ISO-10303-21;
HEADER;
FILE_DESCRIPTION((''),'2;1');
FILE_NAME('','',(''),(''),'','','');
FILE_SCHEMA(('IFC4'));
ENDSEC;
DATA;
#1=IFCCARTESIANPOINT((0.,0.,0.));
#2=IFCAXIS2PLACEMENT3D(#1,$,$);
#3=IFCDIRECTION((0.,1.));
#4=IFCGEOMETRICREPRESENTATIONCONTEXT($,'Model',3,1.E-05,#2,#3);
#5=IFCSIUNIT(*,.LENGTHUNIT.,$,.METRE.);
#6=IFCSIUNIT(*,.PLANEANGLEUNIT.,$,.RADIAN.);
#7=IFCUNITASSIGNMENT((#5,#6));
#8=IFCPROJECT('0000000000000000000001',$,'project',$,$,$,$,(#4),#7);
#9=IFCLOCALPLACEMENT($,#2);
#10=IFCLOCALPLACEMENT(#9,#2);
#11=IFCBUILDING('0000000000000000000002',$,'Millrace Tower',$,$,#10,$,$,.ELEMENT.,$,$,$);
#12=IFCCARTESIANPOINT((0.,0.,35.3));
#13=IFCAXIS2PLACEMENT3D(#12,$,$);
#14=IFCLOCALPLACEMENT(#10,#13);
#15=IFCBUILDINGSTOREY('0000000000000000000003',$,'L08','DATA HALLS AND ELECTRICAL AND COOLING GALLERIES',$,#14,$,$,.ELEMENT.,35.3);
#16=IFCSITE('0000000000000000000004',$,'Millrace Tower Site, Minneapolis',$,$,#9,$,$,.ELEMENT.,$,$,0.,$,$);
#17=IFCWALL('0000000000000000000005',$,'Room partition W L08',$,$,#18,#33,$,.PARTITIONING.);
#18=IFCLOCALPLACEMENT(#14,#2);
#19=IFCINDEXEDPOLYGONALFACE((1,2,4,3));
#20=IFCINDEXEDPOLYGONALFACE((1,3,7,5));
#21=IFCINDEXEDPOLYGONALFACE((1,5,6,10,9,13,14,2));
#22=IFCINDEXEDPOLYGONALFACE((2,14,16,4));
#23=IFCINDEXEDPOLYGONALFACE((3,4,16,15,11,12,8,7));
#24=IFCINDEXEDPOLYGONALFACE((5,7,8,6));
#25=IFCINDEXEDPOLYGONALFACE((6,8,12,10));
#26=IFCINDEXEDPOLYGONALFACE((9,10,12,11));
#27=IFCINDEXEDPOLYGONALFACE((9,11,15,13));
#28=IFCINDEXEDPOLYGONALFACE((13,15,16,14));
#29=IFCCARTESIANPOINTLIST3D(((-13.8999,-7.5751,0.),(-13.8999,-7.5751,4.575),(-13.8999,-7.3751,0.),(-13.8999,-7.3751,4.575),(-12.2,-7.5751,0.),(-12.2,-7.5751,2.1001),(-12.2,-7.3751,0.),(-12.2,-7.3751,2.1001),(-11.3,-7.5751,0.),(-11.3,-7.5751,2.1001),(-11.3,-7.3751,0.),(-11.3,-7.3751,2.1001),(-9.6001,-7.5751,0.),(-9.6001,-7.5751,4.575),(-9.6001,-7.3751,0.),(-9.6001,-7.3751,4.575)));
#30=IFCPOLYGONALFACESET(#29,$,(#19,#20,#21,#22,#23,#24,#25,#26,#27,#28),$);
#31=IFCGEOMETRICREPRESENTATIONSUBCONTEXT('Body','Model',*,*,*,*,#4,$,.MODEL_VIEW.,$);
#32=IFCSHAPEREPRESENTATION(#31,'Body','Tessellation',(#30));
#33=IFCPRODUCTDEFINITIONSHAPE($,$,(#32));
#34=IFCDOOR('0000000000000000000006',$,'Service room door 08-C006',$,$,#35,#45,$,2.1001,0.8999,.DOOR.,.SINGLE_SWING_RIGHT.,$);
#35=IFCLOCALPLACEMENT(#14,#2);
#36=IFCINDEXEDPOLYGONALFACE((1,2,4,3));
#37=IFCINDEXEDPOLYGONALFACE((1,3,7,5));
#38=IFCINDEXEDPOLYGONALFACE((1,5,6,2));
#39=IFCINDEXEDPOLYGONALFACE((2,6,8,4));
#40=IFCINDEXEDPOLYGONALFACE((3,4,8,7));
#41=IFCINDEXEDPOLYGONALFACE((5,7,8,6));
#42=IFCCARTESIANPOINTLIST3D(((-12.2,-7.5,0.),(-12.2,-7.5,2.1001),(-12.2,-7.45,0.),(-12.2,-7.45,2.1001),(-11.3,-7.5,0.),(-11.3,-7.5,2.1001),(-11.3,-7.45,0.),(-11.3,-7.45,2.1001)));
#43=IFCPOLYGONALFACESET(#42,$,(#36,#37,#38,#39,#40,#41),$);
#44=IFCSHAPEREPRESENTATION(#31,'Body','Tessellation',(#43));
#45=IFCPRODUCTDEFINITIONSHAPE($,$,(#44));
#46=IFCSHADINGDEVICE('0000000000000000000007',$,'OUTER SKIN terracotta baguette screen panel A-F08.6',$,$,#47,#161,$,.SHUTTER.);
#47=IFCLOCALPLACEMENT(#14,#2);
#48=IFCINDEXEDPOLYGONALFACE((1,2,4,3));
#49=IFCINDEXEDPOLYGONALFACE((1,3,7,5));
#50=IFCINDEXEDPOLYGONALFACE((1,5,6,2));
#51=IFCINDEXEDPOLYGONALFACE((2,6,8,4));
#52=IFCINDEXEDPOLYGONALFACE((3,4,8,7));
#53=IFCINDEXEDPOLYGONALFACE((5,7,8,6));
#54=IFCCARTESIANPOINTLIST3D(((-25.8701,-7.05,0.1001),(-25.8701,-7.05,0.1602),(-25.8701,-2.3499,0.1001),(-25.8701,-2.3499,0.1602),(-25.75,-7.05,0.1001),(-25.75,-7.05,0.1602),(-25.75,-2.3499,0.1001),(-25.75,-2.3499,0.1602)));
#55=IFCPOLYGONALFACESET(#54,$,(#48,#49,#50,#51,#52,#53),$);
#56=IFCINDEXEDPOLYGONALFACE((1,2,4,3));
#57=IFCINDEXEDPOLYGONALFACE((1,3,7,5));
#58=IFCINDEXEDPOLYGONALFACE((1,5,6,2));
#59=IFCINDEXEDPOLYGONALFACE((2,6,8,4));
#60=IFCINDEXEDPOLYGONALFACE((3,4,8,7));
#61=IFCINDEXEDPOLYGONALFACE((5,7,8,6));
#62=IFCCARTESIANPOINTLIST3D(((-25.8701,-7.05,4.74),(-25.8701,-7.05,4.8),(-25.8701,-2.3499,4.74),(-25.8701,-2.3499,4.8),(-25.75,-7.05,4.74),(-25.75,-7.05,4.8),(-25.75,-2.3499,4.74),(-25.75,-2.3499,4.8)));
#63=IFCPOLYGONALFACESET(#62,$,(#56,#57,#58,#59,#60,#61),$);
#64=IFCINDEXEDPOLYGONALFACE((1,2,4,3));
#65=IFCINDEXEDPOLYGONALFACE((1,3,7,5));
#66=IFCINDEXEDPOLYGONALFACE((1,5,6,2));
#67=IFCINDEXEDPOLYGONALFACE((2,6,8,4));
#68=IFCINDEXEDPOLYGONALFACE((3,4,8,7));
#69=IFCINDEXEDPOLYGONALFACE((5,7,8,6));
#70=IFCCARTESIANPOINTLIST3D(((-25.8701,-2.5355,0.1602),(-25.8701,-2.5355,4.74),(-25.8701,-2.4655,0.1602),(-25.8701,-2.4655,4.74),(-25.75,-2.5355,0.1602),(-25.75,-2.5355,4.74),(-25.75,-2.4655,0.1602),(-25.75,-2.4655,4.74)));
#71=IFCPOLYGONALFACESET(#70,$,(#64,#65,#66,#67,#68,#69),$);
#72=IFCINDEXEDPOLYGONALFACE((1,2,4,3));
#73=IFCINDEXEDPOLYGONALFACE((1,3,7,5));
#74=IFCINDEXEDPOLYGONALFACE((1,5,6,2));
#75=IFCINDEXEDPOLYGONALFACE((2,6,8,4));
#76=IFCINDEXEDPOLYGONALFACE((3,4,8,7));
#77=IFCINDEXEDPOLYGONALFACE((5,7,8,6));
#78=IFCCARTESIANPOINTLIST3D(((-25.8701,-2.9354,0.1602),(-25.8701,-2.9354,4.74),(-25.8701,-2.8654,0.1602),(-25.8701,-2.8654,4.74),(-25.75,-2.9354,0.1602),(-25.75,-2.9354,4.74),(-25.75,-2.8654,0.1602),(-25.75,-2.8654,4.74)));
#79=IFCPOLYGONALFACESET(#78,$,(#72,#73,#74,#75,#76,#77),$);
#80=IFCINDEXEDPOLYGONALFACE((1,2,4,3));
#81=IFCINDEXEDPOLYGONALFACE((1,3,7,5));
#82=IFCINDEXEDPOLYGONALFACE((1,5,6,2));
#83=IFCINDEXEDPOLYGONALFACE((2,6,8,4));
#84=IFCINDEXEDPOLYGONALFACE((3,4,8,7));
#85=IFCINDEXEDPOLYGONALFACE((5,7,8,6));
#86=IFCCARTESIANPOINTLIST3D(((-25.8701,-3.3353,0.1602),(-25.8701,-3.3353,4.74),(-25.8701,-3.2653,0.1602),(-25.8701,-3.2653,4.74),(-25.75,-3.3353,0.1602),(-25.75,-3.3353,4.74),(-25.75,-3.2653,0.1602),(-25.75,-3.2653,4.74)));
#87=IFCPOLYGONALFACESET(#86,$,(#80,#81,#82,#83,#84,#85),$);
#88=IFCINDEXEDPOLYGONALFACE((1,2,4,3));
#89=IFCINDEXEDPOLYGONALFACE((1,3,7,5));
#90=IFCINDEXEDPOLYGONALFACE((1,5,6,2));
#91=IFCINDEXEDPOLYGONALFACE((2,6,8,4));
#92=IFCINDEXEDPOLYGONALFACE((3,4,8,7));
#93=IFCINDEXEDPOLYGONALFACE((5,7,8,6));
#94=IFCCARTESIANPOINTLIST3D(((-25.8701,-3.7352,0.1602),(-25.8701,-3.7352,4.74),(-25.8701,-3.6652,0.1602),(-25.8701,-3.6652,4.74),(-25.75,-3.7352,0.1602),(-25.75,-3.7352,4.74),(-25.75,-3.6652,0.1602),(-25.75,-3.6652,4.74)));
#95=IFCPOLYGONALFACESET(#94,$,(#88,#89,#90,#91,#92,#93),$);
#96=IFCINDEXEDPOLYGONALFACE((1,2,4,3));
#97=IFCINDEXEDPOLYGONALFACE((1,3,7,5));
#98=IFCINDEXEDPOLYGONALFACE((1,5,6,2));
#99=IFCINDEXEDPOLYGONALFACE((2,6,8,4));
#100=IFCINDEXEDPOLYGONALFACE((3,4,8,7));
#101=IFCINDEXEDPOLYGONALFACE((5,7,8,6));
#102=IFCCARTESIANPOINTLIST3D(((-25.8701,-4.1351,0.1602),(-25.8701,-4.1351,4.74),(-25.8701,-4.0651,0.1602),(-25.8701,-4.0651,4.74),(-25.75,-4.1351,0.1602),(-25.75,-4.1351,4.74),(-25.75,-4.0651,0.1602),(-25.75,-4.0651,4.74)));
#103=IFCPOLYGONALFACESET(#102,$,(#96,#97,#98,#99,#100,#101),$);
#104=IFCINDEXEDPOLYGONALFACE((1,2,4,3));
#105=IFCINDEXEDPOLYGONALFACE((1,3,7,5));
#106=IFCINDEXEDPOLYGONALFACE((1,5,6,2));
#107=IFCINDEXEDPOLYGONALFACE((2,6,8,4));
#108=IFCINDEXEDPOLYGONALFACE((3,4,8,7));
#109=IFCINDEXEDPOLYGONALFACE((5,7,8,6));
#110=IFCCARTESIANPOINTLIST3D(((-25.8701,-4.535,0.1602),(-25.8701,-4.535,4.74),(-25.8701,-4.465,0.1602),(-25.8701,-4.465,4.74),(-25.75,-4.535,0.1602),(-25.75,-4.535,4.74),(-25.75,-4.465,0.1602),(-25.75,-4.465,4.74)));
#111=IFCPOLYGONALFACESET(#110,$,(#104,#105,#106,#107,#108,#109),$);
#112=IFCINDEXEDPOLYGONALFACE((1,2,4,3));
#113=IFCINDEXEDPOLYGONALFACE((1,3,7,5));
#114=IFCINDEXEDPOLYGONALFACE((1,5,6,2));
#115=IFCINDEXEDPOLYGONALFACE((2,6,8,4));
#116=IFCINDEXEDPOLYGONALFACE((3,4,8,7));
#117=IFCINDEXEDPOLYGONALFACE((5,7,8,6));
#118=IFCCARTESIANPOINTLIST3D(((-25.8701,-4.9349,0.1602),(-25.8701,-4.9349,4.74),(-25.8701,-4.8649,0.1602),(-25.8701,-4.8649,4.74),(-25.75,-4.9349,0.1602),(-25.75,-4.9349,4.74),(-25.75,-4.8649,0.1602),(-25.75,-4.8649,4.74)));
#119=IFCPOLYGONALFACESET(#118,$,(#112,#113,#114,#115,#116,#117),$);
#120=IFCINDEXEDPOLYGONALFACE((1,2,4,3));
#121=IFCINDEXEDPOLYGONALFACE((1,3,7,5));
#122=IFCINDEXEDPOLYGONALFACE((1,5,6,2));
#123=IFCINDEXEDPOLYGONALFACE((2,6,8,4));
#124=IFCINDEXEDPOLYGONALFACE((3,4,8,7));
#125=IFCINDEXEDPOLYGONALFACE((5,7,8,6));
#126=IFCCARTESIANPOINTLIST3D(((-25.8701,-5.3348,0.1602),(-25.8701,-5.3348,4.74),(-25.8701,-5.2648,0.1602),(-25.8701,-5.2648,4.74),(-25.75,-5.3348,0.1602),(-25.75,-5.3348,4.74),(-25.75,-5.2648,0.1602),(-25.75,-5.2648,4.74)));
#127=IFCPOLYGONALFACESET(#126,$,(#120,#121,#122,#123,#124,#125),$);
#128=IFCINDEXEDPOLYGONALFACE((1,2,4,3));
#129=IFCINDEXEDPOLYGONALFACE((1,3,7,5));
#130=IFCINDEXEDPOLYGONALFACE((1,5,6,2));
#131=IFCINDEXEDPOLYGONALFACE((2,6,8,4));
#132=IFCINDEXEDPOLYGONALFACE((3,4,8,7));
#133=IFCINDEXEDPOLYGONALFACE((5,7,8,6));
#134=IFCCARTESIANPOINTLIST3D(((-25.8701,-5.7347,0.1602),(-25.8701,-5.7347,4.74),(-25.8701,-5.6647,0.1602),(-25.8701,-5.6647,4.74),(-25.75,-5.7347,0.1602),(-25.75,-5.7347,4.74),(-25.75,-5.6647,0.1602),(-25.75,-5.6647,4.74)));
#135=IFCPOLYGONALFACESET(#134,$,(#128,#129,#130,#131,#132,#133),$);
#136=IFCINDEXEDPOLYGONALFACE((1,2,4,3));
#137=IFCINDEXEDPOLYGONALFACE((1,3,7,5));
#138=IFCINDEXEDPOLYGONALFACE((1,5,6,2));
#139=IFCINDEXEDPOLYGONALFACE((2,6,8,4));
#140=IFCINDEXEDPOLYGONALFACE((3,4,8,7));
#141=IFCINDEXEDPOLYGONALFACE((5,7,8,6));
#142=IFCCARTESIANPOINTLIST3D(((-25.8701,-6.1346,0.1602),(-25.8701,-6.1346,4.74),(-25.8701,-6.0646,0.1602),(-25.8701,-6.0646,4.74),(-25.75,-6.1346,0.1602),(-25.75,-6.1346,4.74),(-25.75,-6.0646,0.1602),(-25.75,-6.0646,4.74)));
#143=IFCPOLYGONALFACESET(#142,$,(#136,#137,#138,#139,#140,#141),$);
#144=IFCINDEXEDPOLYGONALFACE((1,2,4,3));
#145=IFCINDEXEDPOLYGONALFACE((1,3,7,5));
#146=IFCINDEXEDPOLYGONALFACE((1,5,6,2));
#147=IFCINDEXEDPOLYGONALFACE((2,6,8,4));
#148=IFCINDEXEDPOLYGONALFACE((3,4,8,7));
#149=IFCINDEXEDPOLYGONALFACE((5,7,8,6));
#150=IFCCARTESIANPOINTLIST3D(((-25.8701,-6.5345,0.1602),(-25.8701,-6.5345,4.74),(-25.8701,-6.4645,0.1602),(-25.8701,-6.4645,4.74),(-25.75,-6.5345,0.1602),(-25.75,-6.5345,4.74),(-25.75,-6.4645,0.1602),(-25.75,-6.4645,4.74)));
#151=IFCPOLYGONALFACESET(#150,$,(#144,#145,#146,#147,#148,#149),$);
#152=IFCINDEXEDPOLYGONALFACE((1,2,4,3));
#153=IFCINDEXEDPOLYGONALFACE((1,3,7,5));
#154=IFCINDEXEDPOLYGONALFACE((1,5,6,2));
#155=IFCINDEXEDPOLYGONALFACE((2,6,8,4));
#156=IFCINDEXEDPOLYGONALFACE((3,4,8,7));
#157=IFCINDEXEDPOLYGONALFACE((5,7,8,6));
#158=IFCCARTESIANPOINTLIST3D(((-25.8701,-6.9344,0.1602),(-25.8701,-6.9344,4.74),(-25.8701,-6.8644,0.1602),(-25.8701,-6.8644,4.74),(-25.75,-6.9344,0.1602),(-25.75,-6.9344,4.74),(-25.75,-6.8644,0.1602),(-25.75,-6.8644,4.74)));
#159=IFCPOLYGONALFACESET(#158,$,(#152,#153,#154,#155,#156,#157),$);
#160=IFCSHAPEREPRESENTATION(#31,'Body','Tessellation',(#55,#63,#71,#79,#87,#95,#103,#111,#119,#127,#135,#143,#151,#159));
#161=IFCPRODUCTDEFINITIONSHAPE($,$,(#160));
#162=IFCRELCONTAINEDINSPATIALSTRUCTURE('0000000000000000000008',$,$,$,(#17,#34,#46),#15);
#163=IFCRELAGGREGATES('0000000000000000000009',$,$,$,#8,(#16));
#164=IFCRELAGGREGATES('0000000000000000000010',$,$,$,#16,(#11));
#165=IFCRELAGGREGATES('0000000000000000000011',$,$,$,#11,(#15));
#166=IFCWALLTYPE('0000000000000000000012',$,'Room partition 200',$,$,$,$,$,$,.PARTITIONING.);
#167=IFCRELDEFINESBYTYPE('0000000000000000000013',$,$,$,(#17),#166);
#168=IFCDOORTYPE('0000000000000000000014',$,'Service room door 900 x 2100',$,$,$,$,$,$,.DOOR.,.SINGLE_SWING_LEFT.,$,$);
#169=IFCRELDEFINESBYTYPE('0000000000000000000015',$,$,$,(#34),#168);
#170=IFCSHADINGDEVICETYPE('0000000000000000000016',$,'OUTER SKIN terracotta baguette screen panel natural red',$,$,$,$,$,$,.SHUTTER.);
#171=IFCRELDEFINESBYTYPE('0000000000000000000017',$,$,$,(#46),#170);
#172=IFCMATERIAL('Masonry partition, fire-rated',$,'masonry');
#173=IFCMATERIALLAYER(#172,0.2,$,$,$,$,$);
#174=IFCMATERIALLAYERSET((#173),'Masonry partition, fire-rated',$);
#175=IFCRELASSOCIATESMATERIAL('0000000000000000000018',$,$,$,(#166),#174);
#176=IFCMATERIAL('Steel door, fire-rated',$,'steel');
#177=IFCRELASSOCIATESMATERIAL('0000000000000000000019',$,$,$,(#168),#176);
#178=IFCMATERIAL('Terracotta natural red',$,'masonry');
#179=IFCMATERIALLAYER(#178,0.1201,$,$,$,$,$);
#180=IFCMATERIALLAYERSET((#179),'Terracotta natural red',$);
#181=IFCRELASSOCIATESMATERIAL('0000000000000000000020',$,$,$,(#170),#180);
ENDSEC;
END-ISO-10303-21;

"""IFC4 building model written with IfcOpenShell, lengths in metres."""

from ifc_helpers import new_model, entity, si_unit, direction, frame, frame_2d, origin, place, context, subcontext, project, spatial, rectangle, extrude, source, transform, mapped, material, layer, layer_set, type_object, element, fill, save


model = new_model("IFC4")

# Units and contexts
model_context = context("Model", 3, precision=1e-05, world=origin(), true_north=direction((0.0, 1.0)))
body_context = subcontext(model_context, "Body", "Model", "MODEL_VIEW")
ifc_project = project(units=[si_unit("LENGTHUNIT", "METRE"), si_unit("PLANEANGLEUNIT", "RADIAN")], contexts=[model_context])

# Site, building, storey
site_placement = place(None, origin())
site = spatial("IfcSite", under=ifc_project, at=site_placement, Name="Millrace Tower Site, Minneapolis", CompositionType="ELEMENT", RefElevation=0.0)
building_placement = place(site_placement, origin())
building = spatial("IfcBuilding", under=site, at=building_placement, Name="Millrace Tower", CompositionType="ELEMENT")
storey_placement = place(building_placement, frame((0.0, 0.0, 35.3)))
storey = spatial("IfcBuildingStorey", under=building, at=storey_placement, Name="L08", Description="DATA HALLS AND ELECTRICAL AND COOLING GALLERIES", CompositionType="ELEMENT", Elevation=35.3)

# Wall, opening, door
ifc_material_1 = material(Name="Masonry partition, fire-rated", Category="masonry")
ifc_layer_1 = layer(ifc_material_1, 0.2)
ifc_layer_set_1 = layer_set([ifc_layer_1], Name="Masonry partition, fire-rated")
wall_type_1 = type_object("IfcWallType", Name="Room partition 200", PredefinedType="PARTITIONING", material=ifc_layer_set_1)
wall_1_placement = place(storey_placement, frame((-13.8999, -7.4751, 0.0), z_axis=(0.0, 0.0, 1.0), x_axis=(1.0, 0.0, 0.0)))
wall_1 = element("IfcWall", 1, at=wall_1_placement, inside=storey, type_object=wall_type_1, Name="Room partition W L08", PredefinedType="PARTITIONING", context=body_context, shape_type="SweptSolid", body=[
    extrude(rectangle(XDim=4.2998, YDim=0.2, at=frame_2d((2.1499, 0.0))), origin(), (0.0, 0.0, 1.0), 4.575),
])
opening_1_placement = place(wall_1_placement, frame((1.7, 0.0, 0.0)))
opening_1 = element("IfcOpeningElement", 2, at=opening_1_placement, cuts=wall_1, PredefinedType="OPENING", context=body_context, shape_type="SweptSolid", body=[
    extrude(rectangle(XDim=0.8999, YDim=2.1001, at=frame_2d((0.45, 1.05))), frame((0.0, 0.1099, 0.0), z_axis=(0.0, -1.0, 0.0), x_axis=(1.0, 0.0, 0.0)), (0.0, 0.0, 1.0), 0.22),
])
ifc_material_2 = material(Name="Steel door, fire-rated", Category="steel")
door_type_1 = type_object("IfcDoorType", Name="Service room door 900 x 2100", OperationType="SINGLE_SWING_LEFT", PredefinedType="DOOR", material=ifc_material_2)
door_1_placement = place(opening_1_placement, frame((0.8999, 0.0, 0.0), z_axis=(0.0, 0.0, 1.0), x_axis=(-1.0, 0.0, 0.0)))
door_1 = element("IfcDoor", 3, at=door_1_placement, inside=storey, type_object=door_type_1, Name="Service room door 08-C006", OperationType="SINGLE_SWING_RIGHT", OverallHeight=2.1001, OverallWidth=0.8999, PredefinedType="DOOR", context=body_context, shape_type="SweptSolid", body=[
    extrude(rectangle(XDim=0.8999, YDim=2.1001, at=frame_2d((0.45, 1.05))), frame((0.0, 0.0249, 0.0), z_axis=(0.0, -1.0, 0.0), x_axis=(1.0, 0.0, 0.0)), (0.0, 0.0, 1.0), 0.05),
])
fill(opening_1, door_1)

# Shading device
cartesian_point = entity("IfcCartesianPoint", [-2.3501, 0.0601])
shared_polyline = entity("IfcPolyline", [cartesian_point, entity("IfcCartesianPoint", [2.3501, 0.0601]), entity("IfcCartesianPoint", [2.3501, -0.0601]), entity("IfcCartesianPoint", [-2.3501, -0.0601]), cartesian_point])
ifc_material_3 = material(Name="Terracotta natural red", Category="masonry")
ifc_layer_2 = layer(ifc_material_3, 0.1201)
ifc_layer_set_2 = layer_set([ifc_layer_2], Name="Terracotta natural red")
shading_device_type_1 = type_object("IfcShadingDeviceType", Name="OUTER SKIN terracotta baguette screen panel natural red", PredefinedType="SHUTTER", material=ifc_layer_set_2)
shared_shape_1 = source(origin(), body_context, "Body", "SweptSolid", [
    entity("IfcExtrudedAreaSolid", entity("IfcArbitraryClosedProfileDef", "AREA", None, shared_polyline), entity("IfcAxis2Placement3D", entity("IfcCartesianPoint", [0.0, 0.0, 0.0])), entity("IfcDirection", [0.0, 0.0, 1.0]), 0.0601),
    entity("IfcExtrudedAreaSolid", entity("IfcArbitraryClosedProfileDef", "AREA", None, shared_polyline), entity("IfcAxis2Placement3D", entity("IfcCartesianPoint", [0.0, 0.0, 4.6399])), entity("IfcDirection", [0.0, 0.0, 1.0]), 0.0601),
    extrude(rectangle(XDim=0.0701, YDim=0.1201, at=frame_2d((-2.1995, 0.0))), frame((0.0, 0.0, 0.0601)), (0.0, 0.0, 1.0), 4.5798),
    extrude(rectangle(XDim=0.0701, YDim=0.1201, at=frame_2d((-1.7996, 0.0))), frame((0.0, 0.0, 0.0601)), (0.0, 0.0, 1.0), 4.5798),
    extrude(rectangle(XDim=0.0701, YDim=0.1201, at=frame_2d((-1.3997, 0.0))), frame((0.0, 0.0, 0.0601)), (0.0, 0.0, 1.0), 4.5798),
    extrude(rectangle(XDim=0.0701, YDim=0.1201, at=frame_2d((-0.9998, 0.0))), frame((0.0, 0.0, 0.0601)), (0.0, 0.0, 1.0), 4.5798),
    extrude(rectangle(XDim=0.0701, YDim=0.1201, at=frame_2d((-0.5999, 0.0))), frame((0.0, 0.0, 0.0601)), (0.0, 0.0, 1.0), 4.5798),
    extrude(rectangle(XDim=0.0701, YDim=0.1201, at=frame_2d((-0.2, 0.0))), frame((0.0, 0.0, 0.0601)), (0.0, 0.0, 1.0), 4.5798),
    extrude(rectangle(XDim=0.0701, YDim=0.1201, at=frame_2d((0.2, 0.0))), frame((0.0, 0.0, 0.0601)), (0.0, 0.0, 1.0), 4.5798),
    extrude(rectangle(XDim=0.0701, YDim=0.1201, at=frame_2d((0.5999, 0.0))), frame((0.0, 0.0, 0.0601)), (0.0, 0.0, 1.0), 4.5798),
    extrude(rectangle(XDim=0.0701, YDim=0.1201, at=frame_2d((0.9998, 0.0))), frame((0.0, 0.0, 0.0601)), (0.0, 0.0, 1.0), 4.5798),
    extrude(rectangle(XDim=0.0701, YDim=0.1201, at=frame_2d((1.3997, 0.0))), frame((0.0, 0.0, 0.0601)), (0.0, 0.0, 1.0), 4.5798),
    extrude(rectangle(XDim=0.0701, YDim=0.1201, at=frame_2d((1.7996, 0.0))), frame((0.0, 0.0, 0.0601)), (0.0, 0.0, 1.0), 4.5798),
    extrude(rectangle(XDim=0.0701, YDim=0.1201, at=frame_2d((2.1995, 0.0))), frame((0.0, 0.0, 0.0601)), (0.0, 0.0, 1.0), 4.5798),
])
for number, where, z_axis, x_axis, name in (
    (4, (-25.8101, -4.7, 0.1001), (0.0, 0.0, 1.0), (0.0, -1.0, 0.0), "OUTER SKIN terracotta baguette screen panel A-F08.6"),
):
    element("IfcShadingDevice", number, at=place(storey_placement, frame(where, z_axis=z_axis, x_axis=x_axis)), inside=storey, type_object=shading_device_type_1, Name=name, PredefinedType="SHUTTER", context=body_context, shape_type="MappedRepresentation", body=[
        mapped(shared_shape_1, transform((0.0, 0.0, 0.0), scale=1.0)),
    ])

save(model, "model.ifc")
